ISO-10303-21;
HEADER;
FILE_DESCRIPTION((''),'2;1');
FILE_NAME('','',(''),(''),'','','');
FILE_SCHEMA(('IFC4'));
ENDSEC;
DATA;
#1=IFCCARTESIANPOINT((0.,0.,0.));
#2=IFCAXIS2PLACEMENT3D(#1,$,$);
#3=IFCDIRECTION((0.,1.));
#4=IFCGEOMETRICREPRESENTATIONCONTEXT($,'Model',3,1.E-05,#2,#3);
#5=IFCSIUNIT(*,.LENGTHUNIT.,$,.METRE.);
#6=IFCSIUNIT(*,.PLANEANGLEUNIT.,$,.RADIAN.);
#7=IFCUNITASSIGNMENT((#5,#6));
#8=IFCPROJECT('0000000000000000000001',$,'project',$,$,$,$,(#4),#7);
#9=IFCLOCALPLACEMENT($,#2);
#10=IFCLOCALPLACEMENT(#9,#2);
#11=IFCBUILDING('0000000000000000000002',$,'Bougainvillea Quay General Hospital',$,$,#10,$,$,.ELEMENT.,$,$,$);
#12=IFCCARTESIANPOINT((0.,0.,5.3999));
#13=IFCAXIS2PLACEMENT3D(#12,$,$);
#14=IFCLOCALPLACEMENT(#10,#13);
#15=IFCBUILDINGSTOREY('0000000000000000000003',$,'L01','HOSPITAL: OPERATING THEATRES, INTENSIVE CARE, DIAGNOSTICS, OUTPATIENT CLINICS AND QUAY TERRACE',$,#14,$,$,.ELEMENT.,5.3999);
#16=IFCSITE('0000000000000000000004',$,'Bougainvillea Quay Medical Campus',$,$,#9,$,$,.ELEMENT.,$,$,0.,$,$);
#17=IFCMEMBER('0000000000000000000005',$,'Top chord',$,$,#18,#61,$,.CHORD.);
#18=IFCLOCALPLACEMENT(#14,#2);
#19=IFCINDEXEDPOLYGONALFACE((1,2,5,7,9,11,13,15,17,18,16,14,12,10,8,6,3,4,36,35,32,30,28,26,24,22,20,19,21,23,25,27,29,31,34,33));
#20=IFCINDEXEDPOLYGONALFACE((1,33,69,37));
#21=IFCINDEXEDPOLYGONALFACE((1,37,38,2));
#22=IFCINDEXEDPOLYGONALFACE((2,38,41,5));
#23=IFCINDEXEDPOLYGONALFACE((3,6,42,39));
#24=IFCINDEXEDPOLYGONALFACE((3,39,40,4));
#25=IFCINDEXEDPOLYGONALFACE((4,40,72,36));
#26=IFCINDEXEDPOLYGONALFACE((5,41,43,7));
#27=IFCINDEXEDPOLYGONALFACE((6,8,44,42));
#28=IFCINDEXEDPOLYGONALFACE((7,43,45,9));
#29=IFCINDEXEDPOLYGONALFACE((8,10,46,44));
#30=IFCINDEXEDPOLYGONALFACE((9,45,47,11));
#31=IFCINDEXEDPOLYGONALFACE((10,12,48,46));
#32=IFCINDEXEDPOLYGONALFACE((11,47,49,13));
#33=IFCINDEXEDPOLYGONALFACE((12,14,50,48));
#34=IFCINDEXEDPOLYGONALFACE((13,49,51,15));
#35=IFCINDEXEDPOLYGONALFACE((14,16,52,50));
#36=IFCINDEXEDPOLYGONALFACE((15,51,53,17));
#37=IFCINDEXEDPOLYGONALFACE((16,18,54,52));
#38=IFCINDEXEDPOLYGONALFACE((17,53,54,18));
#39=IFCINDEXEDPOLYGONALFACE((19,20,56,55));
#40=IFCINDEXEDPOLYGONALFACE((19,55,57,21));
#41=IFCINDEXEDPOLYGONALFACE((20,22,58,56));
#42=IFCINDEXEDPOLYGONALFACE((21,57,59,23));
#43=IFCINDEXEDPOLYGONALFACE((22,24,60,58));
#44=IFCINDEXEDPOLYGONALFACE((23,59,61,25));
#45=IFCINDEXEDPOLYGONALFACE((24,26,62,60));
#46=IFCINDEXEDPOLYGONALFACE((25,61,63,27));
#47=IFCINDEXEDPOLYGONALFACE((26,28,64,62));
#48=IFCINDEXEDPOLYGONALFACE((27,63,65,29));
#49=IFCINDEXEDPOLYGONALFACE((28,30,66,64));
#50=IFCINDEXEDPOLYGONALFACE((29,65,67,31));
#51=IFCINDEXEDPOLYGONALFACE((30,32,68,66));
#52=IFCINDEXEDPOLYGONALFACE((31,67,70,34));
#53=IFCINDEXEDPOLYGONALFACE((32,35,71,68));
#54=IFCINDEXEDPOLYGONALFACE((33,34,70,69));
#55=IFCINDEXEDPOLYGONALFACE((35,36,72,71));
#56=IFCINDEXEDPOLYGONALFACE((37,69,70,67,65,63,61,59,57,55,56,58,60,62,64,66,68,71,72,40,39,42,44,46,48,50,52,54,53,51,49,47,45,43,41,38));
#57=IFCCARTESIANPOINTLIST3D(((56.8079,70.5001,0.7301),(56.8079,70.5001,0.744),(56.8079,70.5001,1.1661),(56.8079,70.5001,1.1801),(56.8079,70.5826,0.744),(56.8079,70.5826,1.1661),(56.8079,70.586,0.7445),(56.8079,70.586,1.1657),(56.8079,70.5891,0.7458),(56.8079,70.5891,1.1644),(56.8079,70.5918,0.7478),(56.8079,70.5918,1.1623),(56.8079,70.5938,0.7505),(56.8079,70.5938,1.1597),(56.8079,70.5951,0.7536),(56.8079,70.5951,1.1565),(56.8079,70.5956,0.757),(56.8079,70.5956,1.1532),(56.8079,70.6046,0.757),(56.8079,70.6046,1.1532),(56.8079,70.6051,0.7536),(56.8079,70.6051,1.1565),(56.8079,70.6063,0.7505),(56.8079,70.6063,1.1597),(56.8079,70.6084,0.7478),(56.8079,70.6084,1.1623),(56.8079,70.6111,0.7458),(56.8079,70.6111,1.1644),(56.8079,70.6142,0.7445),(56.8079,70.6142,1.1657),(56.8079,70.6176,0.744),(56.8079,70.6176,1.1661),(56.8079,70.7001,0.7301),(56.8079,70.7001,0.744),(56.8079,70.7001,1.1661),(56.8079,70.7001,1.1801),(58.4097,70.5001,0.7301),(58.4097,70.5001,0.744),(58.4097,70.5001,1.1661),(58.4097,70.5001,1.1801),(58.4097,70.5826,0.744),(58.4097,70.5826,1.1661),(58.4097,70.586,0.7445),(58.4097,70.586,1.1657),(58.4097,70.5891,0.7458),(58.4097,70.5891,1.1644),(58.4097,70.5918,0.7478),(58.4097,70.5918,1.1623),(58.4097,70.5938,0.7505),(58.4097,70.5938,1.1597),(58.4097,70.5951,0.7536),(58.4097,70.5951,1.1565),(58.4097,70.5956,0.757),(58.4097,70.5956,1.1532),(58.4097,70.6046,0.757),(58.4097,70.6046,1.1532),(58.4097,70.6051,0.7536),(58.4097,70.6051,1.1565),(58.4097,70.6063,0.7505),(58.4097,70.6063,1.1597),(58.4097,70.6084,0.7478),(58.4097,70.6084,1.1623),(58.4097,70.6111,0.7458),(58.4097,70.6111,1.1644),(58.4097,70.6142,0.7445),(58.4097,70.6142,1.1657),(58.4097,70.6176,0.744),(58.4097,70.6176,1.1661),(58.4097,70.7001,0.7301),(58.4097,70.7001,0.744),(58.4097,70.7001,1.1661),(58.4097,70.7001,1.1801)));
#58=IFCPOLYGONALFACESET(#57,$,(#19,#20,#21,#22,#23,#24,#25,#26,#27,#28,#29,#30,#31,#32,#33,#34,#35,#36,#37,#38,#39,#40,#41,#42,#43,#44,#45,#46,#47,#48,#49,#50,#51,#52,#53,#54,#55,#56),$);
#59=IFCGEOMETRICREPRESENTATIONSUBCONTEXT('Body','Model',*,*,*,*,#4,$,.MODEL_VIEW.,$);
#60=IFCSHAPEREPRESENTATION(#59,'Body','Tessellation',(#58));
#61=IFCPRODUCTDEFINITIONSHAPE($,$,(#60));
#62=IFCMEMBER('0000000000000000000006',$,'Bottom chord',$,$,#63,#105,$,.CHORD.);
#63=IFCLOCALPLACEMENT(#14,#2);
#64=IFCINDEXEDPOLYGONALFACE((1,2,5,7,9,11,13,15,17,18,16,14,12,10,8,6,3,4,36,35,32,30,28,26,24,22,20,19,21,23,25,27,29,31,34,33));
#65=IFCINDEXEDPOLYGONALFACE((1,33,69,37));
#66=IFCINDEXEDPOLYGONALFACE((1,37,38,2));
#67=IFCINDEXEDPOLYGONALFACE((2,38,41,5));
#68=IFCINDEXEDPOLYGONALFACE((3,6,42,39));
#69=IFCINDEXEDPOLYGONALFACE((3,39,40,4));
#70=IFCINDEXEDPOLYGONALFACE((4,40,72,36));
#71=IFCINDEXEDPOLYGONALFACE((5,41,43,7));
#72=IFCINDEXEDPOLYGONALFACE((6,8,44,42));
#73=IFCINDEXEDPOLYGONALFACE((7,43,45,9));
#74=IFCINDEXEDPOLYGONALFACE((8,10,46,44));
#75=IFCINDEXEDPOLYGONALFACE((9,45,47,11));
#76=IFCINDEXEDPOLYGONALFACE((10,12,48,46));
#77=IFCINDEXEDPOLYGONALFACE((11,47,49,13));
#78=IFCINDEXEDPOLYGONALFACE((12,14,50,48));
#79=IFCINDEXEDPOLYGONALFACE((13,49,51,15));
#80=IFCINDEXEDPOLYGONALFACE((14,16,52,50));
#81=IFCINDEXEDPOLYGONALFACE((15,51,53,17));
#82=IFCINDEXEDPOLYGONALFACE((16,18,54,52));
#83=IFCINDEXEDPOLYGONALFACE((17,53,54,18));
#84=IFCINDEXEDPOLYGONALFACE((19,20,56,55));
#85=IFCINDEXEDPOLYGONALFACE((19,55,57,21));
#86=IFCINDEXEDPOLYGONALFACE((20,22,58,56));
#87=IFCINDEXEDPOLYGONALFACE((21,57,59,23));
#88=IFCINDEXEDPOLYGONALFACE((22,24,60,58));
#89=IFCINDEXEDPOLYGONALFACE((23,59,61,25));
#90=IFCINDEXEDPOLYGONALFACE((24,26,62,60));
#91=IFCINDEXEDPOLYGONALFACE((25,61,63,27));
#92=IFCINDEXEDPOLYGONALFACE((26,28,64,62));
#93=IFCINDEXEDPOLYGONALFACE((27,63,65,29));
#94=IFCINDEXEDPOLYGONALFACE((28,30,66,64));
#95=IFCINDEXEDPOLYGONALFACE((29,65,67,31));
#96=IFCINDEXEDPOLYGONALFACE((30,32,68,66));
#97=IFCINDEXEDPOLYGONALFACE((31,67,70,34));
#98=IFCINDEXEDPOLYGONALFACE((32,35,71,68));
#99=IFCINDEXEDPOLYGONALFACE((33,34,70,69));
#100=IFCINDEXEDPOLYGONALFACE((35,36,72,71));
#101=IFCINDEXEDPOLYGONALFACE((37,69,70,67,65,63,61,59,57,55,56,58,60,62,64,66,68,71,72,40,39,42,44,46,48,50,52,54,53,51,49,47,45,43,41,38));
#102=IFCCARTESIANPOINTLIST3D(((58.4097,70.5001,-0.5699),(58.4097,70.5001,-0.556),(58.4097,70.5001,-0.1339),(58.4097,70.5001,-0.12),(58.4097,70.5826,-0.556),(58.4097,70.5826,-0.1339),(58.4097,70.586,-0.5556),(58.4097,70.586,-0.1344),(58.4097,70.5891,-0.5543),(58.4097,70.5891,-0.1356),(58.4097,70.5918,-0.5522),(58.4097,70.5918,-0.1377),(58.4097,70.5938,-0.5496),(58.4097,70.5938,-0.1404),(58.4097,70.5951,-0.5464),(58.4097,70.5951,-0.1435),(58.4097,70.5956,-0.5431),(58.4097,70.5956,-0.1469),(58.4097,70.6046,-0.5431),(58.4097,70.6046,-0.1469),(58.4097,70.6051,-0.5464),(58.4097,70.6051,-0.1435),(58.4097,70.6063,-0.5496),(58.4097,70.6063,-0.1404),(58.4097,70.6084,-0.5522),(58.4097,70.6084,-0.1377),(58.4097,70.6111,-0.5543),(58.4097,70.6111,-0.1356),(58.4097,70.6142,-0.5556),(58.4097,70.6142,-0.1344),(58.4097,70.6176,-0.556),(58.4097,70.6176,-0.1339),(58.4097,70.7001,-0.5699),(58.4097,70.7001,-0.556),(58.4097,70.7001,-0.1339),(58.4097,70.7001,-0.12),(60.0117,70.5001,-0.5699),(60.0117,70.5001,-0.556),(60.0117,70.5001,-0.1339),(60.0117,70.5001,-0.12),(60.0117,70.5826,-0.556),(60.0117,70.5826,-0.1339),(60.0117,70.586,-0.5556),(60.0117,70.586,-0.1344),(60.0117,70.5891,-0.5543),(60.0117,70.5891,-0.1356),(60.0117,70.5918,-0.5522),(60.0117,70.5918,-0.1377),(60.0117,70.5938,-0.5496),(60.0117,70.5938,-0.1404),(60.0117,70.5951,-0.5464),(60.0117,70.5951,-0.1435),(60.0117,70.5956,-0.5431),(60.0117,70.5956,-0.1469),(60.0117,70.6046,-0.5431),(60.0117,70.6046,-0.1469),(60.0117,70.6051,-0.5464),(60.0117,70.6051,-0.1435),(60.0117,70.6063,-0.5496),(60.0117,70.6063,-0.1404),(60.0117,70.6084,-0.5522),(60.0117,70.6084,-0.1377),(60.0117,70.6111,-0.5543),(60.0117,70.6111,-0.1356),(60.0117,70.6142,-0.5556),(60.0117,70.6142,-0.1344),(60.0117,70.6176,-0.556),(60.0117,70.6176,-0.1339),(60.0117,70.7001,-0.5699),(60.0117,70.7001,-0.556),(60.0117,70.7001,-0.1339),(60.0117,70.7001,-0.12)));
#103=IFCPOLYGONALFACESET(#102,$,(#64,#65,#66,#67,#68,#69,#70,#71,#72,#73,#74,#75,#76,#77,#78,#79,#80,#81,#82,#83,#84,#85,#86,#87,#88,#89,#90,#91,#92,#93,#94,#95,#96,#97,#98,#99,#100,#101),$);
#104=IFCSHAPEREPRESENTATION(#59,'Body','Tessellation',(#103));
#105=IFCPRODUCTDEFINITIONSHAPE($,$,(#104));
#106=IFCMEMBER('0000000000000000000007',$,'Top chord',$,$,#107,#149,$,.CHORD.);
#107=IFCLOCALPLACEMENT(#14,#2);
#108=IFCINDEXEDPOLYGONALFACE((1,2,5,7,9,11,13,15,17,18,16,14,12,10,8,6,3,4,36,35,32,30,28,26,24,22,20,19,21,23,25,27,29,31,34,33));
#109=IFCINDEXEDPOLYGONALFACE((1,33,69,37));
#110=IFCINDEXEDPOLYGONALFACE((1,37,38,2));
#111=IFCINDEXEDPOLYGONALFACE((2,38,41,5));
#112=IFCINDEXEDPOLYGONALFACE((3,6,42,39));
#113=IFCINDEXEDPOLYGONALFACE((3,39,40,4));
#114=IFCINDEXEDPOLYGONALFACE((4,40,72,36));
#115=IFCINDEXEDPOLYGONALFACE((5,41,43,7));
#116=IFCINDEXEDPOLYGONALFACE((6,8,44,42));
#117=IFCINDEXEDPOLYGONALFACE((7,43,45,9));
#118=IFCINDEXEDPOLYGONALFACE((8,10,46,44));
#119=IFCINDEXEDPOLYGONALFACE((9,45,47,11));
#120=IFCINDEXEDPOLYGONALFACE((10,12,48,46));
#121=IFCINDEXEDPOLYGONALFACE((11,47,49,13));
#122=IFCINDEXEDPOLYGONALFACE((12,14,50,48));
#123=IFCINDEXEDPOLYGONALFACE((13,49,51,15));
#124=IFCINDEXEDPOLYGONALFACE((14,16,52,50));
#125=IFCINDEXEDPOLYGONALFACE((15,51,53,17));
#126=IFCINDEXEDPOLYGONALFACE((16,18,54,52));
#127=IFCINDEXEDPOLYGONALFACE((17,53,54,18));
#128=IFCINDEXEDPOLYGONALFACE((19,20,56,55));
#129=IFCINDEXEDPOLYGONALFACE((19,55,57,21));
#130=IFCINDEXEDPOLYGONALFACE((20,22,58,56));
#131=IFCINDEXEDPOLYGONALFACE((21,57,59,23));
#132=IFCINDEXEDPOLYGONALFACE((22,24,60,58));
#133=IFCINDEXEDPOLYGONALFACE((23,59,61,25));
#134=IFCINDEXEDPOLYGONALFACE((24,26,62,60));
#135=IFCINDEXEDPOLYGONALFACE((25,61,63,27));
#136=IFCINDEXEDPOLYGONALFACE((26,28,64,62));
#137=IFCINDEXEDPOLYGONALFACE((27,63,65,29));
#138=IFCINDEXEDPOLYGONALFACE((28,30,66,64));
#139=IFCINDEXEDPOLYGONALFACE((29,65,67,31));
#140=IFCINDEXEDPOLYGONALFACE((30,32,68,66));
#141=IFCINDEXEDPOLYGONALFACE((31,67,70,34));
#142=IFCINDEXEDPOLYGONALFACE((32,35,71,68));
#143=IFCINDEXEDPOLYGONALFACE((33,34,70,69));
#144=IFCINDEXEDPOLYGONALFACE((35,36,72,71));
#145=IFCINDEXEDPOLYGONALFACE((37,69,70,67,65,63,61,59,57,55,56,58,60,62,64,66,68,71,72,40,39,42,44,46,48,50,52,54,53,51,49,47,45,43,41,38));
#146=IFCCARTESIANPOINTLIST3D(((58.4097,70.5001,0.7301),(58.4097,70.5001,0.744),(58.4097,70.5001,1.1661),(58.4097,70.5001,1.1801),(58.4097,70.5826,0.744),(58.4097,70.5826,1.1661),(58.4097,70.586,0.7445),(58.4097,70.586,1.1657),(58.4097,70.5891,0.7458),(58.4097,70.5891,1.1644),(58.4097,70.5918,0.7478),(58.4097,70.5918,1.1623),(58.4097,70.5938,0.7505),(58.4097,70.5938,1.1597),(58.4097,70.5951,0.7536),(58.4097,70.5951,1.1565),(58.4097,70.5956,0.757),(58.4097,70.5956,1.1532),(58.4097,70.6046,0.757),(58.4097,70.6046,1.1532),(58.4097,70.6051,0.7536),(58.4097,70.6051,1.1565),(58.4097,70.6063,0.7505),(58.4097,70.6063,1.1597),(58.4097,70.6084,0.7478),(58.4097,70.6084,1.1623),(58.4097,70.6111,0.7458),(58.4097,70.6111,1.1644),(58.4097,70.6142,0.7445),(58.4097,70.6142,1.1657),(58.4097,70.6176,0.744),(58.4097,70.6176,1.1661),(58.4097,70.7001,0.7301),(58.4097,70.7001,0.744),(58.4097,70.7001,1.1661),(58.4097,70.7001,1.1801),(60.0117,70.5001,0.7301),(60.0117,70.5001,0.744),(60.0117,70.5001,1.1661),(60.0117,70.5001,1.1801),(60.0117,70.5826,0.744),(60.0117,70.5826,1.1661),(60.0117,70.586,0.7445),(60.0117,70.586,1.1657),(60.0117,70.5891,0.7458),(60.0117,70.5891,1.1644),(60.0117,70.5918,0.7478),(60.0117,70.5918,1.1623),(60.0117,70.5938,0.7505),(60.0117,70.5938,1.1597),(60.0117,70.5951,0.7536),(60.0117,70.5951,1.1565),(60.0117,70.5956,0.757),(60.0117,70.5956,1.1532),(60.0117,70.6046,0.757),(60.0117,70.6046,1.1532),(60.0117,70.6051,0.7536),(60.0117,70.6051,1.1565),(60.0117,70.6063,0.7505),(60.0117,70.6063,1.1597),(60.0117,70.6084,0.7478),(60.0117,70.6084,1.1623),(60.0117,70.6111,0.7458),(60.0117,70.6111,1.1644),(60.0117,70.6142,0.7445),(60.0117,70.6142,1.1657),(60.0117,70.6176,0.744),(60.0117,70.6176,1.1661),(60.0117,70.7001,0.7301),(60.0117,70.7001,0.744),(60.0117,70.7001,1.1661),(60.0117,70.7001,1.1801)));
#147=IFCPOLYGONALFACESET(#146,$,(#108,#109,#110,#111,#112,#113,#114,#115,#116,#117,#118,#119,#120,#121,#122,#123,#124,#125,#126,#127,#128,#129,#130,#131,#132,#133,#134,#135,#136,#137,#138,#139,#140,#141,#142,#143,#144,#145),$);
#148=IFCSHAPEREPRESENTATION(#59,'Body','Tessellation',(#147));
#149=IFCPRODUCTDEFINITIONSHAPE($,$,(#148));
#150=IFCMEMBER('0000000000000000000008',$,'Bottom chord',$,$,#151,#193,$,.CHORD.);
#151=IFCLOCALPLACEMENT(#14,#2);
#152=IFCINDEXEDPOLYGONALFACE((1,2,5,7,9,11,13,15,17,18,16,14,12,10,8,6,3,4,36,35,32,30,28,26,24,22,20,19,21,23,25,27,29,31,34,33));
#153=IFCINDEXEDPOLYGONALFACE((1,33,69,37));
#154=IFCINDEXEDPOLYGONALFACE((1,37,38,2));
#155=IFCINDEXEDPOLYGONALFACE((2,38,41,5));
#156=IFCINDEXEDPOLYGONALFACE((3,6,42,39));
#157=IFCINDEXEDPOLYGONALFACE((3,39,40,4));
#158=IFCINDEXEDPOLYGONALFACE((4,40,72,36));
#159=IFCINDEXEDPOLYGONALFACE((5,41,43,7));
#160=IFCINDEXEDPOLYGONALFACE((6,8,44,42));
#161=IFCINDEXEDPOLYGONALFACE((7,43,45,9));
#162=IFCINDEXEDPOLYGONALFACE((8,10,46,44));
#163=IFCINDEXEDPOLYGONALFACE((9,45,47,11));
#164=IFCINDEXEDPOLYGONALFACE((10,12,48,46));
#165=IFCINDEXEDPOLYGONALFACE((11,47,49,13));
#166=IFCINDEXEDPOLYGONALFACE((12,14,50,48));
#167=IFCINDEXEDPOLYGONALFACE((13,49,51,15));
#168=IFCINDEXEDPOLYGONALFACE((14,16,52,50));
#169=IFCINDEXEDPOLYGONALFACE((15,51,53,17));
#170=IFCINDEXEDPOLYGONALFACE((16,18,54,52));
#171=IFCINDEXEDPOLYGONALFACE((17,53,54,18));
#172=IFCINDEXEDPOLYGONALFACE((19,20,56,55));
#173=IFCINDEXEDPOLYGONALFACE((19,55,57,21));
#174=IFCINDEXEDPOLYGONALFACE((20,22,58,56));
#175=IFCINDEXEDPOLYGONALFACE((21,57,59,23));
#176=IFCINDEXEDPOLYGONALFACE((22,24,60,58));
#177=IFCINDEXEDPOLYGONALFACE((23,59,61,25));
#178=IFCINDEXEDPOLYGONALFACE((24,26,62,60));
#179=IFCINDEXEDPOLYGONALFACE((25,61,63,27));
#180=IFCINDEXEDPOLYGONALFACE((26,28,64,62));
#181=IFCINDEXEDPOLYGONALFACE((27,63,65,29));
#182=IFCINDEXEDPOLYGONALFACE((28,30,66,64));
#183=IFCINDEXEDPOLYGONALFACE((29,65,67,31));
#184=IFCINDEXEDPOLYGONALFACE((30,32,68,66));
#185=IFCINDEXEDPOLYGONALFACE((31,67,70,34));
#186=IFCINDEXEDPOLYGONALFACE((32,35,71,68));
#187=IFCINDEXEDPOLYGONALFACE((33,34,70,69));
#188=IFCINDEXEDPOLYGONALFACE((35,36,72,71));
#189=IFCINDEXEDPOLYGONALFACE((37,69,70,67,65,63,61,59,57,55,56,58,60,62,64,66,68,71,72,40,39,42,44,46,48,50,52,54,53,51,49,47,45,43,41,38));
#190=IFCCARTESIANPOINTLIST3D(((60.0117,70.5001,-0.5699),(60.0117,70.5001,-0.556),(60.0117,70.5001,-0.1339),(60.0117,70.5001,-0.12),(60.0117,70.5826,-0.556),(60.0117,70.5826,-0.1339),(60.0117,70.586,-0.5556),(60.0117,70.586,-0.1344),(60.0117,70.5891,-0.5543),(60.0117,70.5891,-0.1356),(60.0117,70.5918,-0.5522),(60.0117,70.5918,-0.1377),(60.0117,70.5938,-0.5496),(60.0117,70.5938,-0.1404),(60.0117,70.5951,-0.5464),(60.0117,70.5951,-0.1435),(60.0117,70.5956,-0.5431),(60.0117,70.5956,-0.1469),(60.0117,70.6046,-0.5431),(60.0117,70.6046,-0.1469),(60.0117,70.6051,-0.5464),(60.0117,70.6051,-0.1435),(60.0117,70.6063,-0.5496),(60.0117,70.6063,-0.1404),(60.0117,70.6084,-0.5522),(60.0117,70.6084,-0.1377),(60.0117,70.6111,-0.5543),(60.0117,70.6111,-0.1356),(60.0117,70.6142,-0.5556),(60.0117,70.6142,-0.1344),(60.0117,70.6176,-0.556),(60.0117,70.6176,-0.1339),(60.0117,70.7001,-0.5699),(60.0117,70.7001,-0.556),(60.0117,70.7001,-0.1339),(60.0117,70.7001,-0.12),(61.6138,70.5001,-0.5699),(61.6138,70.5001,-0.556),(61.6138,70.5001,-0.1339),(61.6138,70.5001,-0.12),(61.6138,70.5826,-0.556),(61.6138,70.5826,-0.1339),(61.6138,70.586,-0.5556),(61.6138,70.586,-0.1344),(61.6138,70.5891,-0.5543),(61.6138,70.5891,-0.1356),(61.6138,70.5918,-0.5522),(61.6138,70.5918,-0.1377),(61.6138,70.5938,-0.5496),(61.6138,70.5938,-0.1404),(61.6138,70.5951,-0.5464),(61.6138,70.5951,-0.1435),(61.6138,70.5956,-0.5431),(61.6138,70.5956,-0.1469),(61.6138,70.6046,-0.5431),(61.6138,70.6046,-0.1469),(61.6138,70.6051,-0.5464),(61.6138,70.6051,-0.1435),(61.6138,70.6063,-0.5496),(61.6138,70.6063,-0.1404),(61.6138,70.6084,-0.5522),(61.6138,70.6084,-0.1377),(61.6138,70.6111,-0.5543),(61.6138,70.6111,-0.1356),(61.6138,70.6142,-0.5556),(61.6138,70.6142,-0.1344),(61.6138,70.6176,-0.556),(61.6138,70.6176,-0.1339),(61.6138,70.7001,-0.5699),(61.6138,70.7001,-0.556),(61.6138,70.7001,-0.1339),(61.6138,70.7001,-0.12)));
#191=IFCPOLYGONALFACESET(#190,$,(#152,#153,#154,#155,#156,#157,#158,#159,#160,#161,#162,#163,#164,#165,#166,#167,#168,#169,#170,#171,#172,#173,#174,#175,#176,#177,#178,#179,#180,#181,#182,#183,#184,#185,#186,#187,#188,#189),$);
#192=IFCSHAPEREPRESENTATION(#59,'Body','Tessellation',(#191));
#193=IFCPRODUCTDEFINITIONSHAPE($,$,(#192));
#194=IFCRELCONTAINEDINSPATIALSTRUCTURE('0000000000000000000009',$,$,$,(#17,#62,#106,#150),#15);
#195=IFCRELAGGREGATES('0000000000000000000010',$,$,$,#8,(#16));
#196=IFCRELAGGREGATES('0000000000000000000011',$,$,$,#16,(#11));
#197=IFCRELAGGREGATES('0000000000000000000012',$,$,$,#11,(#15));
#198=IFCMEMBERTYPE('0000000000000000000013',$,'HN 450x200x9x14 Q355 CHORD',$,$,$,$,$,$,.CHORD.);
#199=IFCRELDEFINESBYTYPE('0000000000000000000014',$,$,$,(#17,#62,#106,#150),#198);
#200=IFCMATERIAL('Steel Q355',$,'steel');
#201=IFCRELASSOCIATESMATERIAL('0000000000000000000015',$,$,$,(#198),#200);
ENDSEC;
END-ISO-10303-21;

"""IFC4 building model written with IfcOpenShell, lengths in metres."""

from ifc_helpers import new_model, si_unit, direction, frame, origin, origin_2d, place, context, subcontext, project, spatial, i_section, extrude, material, material_profile, profile_set, type_object, element, save


model = new_model("IFC4")

# Units and contexts
model_context = context("Model", 3, precision=1e-05, world=origin(), true_north=direction((0.0, 1.0)))
body_context = subcontext(model_context, "Body", "Model", "MODEL_VIEW")
ifc_project = project(units=[si_unit("LENGTHUNIT", "METRE"), si_unit("PLANEANGLEUNIT", "RADIAN")], contexts=[model_context])

# Site, building, storey
site_placement = place(None, origin())
site = spatial("IfcSite", under=ifc_project, at=site_placement, Name="Bougainvillea Quay Medical Campus", CompositionType="ELEMENT", RefElevation=0.0)
building_placement = place(site_placement, origin())
building = spatial("IfcBuilding", under=site, at=building_placement, Name="Bougainvillea Quay General Hospital", CompositionType="ELEMENT")
storey_placement = place(building_placement, frame((0.0, 0.0, 5.3999)))
storey = spatial("IfcBuildingStorey", under=building, at=storey_placement, Name="L01", Description="HOSPITAL: OPERATING THEATRES, INTENSIVE CARE, DIAGNOSTICS, OUTPATIENT CLINICS AND QUAY TERRACE", CompositionType="ELEMENT", Elevation=5.3999)

# Members
ifc_material_1 = material(Name="Steel Q355", Category="steel")
ifc_material_profile_1 = material_profile(ifc_material_1, i_section(OverallWidth=0.2, OverallDepth=0.45, WebThickness=0.009, FlangeThickness=0.0139, FilletRadius=0.0129, at=origin_2d()))
ifc_profile_set_1 = profile_set([ifc_material_profile_1], Name="Steel Q355")
member_type_1 = type_object("IfcMemberType", Name="HN 450x200x9x14 Q355 CHORD", PredefinedType="CHORD", material=ifc_profile_set_1)
for number, where, z_axis, x_axis, name in (
    (1, (56.8079, 70.6001, 0.9551), (1.0, 0.0, 0.0), (0.0, 1.0, 0.0), "Top chord"),
):
    element("IfcMember", number, at=place(storey_placement, frame(where, z_axis=z_axis, x_axis=x_axis)), inside=storey, type_object=member_type_1, Name=name, PredefinedType="CHORD", context=body_context, shape_type="SweptSolid", body=[
        extrude(i_section(OverallWidth=0.2, OverallDepth=0.45, WebThickness=0.009, FlangeThickness=0.0139, FilletRadius=0.0129, at=origin_2d()), origin(), (0.0, 0.0, 1.0), 1.6018),
    ])
for number, where, z_axis, x_axis, name in (
    (2, (58.4097, 70.6001, -0.345), (1.0, 0.0, 0.0), (0.0, 1.0, 0.0), "Bottom chord"),
    (3, (58.4097, 70.6001, 0.9551), (1.0, 0.0, 0.0), (0.0, 1.0, 0.0), "Top chord"),
    (4, (60.0117, 70.6001, -0.345), (1.0, 0.0, 0.0), (0.0, 1.0, 0.0), "Bottom chord"),
):
    element("IfcMember", number, at=place(storey_placement, frame(where, z_axis=z_axis, x_axis=x_axis)), inside=storey, type_object=member_type_1, Name=name, PredefinedType="CHORD", context=body_context, shape_type="SweptSolid", body=[
        extrude(i_section(OverallWidth=0.2, OverallDepth=0.45, WebThickness=0.009, FlangeThickness=0.0139, FilletRadius=0.0129, at=origin_2d()), origin(), (0.0, 0.0, 1.0), 1.6021),
    ])

save(model, "model.ifc")
